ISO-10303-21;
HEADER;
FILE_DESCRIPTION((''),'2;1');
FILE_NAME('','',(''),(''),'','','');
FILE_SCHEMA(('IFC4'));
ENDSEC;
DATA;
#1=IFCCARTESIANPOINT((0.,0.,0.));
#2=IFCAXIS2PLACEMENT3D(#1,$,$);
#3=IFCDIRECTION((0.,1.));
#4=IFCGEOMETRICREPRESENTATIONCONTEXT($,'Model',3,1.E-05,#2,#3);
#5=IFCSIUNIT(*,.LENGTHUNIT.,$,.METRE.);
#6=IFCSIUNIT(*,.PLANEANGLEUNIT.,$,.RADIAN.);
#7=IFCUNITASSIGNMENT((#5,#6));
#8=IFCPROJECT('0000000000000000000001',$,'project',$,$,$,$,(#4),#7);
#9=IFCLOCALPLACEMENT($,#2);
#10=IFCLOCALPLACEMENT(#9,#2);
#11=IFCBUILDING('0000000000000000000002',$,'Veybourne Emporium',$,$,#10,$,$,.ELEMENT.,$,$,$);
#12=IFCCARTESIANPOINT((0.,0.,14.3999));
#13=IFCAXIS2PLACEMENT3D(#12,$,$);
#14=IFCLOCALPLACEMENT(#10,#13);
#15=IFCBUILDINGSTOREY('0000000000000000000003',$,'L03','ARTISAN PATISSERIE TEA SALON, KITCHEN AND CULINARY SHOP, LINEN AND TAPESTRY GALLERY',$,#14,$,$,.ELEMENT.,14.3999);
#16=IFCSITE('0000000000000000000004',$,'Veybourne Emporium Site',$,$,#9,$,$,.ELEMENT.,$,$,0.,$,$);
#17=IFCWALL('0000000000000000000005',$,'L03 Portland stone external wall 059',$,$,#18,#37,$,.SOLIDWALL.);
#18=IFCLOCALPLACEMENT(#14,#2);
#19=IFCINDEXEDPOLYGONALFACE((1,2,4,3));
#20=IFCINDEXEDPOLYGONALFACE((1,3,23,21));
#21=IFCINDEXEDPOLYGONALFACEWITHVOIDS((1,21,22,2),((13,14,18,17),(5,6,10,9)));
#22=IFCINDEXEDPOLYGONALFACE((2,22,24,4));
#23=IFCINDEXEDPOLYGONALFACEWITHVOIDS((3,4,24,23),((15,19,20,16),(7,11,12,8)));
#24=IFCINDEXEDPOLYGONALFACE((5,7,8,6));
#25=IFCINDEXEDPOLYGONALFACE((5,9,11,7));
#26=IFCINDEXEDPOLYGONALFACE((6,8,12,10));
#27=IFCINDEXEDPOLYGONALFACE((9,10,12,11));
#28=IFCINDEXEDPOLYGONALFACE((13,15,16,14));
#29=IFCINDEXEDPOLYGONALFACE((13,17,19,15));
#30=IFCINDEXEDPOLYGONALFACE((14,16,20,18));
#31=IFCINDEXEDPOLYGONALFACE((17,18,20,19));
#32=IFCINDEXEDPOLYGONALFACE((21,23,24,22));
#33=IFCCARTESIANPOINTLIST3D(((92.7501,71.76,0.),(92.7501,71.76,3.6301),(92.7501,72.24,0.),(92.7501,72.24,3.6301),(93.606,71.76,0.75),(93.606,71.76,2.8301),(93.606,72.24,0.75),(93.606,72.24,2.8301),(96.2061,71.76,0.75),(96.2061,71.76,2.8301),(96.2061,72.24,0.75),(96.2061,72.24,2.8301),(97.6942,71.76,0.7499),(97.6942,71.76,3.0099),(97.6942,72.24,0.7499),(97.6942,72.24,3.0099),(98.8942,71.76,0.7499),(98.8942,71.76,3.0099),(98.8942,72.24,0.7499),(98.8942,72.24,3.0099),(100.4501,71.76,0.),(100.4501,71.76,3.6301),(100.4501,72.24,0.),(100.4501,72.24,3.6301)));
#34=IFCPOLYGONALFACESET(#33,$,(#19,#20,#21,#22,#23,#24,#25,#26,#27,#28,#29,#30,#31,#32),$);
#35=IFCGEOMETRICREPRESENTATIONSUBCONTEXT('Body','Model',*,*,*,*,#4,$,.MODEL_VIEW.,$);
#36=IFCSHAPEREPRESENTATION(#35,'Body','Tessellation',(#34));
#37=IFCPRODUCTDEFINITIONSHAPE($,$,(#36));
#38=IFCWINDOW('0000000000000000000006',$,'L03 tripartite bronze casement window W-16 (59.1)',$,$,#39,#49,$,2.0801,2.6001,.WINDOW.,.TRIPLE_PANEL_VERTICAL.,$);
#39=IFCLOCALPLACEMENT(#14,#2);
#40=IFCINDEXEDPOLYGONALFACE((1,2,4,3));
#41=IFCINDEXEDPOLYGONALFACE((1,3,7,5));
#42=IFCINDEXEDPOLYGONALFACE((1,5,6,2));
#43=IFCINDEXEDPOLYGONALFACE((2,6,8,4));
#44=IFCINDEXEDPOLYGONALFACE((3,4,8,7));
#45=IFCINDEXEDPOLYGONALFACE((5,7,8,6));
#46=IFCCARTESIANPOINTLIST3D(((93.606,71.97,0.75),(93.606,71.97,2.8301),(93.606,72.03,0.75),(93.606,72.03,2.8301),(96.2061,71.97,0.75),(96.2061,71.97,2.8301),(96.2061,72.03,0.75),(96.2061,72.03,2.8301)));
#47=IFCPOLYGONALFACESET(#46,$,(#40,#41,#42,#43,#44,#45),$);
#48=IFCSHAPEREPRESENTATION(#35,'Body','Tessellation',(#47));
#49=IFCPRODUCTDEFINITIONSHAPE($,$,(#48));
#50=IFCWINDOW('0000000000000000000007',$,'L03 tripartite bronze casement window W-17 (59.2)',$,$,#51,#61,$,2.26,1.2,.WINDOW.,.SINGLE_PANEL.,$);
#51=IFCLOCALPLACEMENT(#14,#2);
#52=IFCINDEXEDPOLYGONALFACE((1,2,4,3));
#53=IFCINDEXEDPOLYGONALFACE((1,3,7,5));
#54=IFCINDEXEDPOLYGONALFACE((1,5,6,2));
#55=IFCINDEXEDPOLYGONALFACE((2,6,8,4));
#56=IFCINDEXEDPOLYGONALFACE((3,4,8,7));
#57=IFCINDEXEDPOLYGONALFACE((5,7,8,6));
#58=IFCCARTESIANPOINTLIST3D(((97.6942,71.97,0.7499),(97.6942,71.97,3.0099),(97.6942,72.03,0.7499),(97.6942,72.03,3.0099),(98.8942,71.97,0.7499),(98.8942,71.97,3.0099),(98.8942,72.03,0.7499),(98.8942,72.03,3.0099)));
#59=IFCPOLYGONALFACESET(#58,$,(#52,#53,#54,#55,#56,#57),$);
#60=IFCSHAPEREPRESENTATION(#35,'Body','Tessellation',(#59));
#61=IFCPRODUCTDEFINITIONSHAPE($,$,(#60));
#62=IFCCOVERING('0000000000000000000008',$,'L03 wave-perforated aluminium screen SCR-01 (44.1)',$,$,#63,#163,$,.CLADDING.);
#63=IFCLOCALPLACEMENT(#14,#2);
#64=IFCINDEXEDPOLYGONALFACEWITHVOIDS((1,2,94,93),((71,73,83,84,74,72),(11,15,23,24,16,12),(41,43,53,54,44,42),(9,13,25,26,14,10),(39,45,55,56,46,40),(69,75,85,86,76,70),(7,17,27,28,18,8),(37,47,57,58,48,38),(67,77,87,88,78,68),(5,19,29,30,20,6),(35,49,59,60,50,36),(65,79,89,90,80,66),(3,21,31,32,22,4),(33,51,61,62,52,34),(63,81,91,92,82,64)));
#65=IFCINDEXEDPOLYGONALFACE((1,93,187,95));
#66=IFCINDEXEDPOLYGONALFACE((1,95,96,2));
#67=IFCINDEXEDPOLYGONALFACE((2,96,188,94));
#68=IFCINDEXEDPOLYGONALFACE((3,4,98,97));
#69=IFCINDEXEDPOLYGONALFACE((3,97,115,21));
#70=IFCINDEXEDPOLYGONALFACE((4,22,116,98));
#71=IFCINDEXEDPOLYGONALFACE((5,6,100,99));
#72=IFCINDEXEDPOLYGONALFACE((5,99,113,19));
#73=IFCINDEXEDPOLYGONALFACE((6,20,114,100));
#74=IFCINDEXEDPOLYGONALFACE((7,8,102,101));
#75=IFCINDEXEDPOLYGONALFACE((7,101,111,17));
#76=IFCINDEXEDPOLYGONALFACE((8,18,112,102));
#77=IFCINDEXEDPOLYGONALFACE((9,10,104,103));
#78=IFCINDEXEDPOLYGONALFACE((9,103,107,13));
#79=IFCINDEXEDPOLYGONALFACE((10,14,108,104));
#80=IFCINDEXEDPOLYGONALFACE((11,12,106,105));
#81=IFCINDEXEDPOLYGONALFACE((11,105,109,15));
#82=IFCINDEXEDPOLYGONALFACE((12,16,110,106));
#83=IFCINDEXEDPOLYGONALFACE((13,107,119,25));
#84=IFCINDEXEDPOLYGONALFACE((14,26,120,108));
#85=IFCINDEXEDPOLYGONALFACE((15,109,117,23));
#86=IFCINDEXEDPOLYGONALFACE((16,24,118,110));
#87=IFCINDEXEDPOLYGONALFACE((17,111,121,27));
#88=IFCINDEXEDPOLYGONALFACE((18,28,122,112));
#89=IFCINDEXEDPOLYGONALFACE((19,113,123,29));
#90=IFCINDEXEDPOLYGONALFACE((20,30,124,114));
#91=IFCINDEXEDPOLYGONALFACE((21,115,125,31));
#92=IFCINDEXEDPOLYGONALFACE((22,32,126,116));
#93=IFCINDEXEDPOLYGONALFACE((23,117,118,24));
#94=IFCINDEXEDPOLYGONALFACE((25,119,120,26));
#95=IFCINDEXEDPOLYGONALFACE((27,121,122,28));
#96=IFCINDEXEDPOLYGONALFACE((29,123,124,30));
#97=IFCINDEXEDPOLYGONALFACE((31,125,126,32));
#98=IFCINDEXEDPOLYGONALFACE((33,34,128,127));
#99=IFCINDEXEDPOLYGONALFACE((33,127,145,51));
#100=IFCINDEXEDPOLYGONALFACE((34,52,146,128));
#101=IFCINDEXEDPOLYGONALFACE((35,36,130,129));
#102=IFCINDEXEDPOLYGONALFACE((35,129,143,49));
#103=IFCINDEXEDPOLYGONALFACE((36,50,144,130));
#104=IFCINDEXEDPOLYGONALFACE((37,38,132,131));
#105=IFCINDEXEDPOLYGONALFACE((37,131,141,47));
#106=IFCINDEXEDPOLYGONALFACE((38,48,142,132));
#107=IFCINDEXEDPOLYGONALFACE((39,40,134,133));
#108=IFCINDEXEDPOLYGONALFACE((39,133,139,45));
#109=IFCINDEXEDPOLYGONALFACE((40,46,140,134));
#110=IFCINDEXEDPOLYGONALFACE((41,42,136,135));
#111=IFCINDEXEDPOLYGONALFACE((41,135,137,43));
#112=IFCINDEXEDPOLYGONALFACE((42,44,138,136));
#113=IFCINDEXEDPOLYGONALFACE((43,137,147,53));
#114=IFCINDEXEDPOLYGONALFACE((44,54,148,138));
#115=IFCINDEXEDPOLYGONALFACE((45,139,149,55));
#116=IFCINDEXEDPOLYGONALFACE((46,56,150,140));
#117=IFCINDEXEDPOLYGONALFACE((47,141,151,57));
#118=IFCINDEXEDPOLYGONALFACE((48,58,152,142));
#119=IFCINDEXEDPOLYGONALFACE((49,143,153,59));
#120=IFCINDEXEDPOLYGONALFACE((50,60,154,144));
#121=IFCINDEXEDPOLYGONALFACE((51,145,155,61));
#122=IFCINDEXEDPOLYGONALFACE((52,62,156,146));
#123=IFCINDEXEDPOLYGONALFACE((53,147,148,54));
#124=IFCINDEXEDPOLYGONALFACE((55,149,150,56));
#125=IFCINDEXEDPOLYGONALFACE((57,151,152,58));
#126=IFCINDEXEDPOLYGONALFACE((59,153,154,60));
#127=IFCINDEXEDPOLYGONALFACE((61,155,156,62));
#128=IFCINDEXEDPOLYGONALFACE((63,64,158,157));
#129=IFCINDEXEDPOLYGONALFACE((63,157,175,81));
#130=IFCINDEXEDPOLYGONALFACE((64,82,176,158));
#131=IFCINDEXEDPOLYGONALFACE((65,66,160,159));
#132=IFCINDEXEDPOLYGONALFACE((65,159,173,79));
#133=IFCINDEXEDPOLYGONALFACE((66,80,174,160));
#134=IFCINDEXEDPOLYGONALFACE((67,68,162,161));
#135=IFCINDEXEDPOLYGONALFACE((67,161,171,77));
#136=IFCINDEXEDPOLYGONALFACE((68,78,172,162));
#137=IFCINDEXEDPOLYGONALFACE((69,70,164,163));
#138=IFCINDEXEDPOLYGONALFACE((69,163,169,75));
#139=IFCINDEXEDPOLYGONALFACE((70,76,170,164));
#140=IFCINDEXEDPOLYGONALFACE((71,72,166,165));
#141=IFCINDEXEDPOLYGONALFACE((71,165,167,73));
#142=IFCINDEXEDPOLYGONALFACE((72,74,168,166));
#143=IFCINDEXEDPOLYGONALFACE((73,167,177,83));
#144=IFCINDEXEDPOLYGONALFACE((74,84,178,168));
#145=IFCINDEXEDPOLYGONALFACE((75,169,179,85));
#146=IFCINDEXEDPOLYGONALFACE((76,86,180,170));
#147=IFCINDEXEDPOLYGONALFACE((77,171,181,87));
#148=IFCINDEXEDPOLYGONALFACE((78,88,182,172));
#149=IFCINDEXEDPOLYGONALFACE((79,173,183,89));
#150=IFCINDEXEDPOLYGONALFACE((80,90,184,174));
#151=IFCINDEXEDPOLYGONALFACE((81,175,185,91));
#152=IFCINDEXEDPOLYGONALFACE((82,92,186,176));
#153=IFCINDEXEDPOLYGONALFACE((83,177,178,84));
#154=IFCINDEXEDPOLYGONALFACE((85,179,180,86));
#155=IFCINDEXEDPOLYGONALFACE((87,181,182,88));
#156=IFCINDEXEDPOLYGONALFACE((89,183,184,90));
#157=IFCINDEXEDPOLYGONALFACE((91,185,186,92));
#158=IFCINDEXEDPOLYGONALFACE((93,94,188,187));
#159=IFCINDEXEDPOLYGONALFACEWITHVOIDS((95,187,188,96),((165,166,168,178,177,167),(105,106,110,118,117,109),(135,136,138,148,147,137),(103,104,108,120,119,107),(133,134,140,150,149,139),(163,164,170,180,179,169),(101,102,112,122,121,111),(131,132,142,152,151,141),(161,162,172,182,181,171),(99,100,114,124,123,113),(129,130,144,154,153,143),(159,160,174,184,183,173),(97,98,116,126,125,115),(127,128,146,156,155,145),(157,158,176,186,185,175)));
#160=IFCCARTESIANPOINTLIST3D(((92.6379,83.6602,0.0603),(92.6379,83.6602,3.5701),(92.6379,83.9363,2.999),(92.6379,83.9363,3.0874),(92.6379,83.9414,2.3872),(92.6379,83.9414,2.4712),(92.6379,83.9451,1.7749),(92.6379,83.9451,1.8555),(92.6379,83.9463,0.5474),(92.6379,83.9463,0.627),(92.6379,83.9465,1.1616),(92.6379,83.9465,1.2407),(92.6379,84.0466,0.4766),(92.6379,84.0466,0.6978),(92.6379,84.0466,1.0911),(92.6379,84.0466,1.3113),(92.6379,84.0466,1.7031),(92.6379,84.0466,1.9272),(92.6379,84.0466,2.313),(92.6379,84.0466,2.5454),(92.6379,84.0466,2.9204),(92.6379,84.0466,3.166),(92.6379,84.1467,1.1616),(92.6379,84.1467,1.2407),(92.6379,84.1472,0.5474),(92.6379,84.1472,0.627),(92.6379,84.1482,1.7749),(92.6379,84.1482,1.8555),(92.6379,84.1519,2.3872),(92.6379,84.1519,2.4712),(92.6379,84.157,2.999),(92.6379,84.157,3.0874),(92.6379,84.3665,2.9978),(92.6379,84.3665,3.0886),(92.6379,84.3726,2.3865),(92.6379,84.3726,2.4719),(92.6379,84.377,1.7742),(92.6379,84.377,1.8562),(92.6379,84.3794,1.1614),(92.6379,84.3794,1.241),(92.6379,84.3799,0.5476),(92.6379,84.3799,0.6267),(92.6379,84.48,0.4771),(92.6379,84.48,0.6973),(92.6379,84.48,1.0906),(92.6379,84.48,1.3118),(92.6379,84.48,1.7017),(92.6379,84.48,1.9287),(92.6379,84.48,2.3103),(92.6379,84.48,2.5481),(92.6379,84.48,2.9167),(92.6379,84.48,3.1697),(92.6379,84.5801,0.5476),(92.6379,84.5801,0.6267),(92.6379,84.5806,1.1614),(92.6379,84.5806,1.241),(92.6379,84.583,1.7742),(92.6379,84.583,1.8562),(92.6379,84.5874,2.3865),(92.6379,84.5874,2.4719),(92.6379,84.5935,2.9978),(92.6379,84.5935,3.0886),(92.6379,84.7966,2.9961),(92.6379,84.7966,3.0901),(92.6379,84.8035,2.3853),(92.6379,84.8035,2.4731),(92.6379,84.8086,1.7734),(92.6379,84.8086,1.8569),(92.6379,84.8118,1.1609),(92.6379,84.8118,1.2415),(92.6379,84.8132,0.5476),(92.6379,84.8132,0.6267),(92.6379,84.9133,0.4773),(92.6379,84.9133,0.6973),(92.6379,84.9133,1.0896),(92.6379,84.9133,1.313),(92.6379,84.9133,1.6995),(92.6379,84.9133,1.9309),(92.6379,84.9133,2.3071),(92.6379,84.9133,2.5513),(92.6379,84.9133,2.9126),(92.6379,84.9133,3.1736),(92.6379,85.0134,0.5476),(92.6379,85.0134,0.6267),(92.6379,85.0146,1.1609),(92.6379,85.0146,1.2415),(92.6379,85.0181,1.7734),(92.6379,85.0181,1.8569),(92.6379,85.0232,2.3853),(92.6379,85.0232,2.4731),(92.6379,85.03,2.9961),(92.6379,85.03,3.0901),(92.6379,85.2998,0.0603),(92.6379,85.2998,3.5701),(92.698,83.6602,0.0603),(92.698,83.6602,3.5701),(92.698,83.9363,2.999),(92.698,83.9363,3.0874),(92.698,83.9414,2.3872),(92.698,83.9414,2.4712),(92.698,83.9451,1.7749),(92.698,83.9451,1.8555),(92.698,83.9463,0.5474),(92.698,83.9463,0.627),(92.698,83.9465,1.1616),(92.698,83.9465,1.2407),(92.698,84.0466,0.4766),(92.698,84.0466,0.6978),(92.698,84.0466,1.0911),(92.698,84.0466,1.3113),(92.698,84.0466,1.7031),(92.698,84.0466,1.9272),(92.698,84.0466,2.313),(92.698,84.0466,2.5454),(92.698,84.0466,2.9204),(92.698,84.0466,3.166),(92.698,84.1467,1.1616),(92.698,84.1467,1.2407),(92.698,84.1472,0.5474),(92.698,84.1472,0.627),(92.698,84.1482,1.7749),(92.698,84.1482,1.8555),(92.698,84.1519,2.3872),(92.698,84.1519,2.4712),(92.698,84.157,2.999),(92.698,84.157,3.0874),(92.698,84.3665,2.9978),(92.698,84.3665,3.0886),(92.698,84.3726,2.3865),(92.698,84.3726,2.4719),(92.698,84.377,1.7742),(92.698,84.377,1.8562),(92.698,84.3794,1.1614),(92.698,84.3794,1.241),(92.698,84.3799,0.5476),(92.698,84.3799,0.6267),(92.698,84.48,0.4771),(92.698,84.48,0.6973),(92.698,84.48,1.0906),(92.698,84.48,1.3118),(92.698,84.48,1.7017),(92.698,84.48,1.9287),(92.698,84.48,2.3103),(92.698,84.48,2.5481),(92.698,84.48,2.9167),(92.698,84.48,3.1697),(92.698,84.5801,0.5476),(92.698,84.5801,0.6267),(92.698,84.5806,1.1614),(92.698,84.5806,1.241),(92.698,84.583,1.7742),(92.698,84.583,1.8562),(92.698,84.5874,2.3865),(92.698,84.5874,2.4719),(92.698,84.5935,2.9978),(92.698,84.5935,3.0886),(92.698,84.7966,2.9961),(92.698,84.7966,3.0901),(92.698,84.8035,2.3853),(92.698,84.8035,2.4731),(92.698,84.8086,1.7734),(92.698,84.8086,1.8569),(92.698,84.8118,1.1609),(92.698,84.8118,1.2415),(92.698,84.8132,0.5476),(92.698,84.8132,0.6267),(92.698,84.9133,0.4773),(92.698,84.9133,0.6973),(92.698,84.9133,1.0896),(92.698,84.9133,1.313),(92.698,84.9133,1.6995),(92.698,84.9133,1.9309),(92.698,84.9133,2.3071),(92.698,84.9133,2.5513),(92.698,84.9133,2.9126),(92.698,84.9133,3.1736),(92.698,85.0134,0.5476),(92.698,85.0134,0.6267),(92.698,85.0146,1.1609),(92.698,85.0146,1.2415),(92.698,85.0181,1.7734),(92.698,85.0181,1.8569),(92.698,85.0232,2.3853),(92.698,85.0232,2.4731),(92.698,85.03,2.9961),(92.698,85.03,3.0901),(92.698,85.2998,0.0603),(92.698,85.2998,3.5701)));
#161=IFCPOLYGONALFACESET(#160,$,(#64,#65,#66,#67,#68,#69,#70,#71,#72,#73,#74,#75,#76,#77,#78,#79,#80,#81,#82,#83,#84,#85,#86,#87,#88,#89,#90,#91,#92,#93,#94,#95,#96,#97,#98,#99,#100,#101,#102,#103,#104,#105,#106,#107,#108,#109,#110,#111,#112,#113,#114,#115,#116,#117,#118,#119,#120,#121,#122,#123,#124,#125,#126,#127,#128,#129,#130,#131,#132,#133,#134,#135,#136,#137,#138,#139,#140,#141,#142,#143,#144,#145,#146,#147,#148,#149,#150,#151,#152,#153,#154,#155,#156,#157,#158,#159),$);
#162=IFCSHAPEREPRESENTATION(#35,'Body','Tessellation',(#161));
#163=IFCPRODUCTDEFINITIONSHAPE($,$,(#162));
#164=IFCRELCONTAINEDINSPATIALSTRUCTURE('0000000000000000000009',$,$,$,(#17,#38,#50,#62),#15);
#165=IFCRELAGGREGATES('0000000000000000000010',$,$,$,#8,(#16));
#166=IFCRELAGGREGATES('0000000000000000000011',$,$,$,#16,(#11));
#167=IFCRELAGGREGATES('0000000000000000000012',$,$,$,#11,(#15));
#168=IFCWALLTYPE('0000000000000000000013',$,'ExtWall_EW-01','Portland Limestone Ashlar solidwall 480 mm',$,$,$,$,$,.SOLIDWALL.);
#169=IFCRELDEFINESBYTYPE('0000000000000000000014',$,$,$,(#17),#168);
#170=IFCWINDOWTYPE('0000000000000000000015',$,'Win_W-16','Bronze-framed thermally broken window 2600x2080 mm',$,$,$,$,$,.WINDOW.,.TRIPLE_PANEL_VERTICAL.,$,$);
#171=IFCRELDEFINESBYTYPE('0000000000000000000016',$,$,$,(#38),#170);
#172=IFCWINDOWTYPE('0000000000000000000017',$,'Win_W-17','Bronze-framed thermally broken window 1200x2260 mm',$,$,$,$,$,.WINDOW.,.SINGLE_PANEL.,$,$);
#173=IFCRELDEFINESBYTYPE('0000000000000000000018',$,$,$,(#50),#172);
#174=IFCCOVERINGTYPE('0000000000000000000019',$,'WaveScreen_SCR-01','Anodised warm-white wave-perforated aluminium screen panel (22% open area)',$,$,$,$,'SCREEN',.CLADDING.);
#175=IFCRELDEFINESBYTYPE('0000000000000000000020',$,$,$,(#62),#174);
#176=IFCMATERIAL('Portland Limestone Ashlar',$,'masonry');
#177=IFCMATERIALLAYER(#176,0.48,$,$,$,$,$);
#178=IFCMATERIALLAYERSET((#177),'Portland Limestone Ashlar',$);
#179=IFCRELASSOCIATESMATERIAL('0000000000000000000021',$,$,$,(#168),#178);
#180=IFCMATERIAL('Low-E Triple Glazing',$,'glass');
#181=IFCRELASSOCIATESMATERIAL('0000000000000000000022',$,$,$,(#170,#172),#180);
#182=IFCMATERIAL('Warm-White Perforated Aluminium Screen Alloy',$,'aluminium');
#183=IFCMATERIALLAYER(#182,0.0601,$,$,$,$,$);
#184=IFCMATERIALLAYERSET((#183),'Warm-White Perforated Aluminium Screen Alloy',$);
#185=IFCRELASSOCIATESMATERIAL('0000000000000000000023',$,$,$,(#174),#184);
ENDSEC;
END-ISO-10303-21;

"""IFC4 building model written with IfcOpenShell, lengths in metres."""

from ifc_helpers import new_model, si_unit, direction, frame, frame_2d, origin, place, context, subcontext, project, spatial, polyline, rectangle, outline, extrude, material, layer, layer_set, type_object, element, fill, save


model = new_model("IFC4")

# Units and contexts
model_context = context("Model", 3, precision=1e-05, world=origin(), true_north=direction((0.0, 1.0)))
body_context = subcontext(model_context, "Body", "Model", "MODEL_VIEW")
ifc_project = project(units=[si_unit("LENGTHUNIT", "METRE"), si_unit("PLANEANGLEUNIT", "RADIAN")], contexts=[model_context])

# Site, building, storey
site_placement = place(None, origin())
site = spatial("IfcSite", under=ifc_project, at=site_placement, Name="Veybourne Emporium Site", CompositionType="ELEMENT", RefElevation=0.0)
building_placement = place(site_placement, origin())
building = spatial("IfcBuilding", under=site, at=building_placement, Name="Veybourne Emporium", CompositionType="ELEMENT")
storey_placement = place(building_placement, frame((0.0, 0.0, 14.3999)))
storey = spatial("IfcBuildingStorey", under=building, at=storey_placement, Name="L03", Description="ARTISAN PATISSERIE TEA SALON, KITCHEN AND CULINARY SHOP, LINEN AND TAPESTRY GALLERY", CompositionType="ELEMENT", Elevation=14.3999)

# Wall, openings, windows
ifc_material_1 = material(Name="Portland Limestone Ashlar", Category="masonry")
ifc_layer_1 = layer(ifc_material_1, 0.48)
ifc_layer_set_1 = layer_set([ifc_layer_1], Name="Portland Limestone Ashlar")
wall_type = type_object("IfcWallType", Name="ExtWall_EW-01", Description="Portland Limestone Ashlar solidwall 480 mm", PredefinedType="SOLIDWALL", material=ifc_layer_set_1)
ifc_material_2 = material(Name="Low-E Triple Glazing", Category="glass")
wall_1_placement = place(storey_placement, frame((92.75, 72.0, 0.0), z_axis=(0.0, 0.0, 1.0), x_axis=(1.0, 0.0, 0.0)))
wall_1 = element("IfcWall", 1, at=wall_1_placement, inside=storey, type_object=wall_type, Name="L03 Portland stone external wall 059", PredefinedType="SOLIDWALL", context=body_context, shape_type="SweptSolid", body=[
    extrude(rectangle(XDim=7.7, YDim=0.48, at=frame_2d((3.8501, 0.0))), origin(), (0.0, 0.0, 1.0), 3.6301),
])
opening_1_placement = place(wall_1_placement, frame((0.856, 0.0, 0.75)))
opening_1 = element("IfcOpeningElement", 2, at=opening_1_placement, cuts=wall_1, PredefinedType="OPENING", context=body_context, shape_type="SweptSolid", body=[
    extrude(rectangle(XDim=2.6001, YDim=2.0801, at=frame_2d((1.3, 1.04))), frame((0.0, 0.26, 0.0), z_axis=(0.0, -1.0, 0.0), x_axis=(1.0, 0.0, 0.0)), (0.0, 0.0, 1.0), 0.52),
])
opening_2_placement = place(wall_1_placement, frame((4.9441, 0.0, 0.75)))
opening_2 = element("IfcOpeningElement", 3, at=opening_2_placement, cuts=wall_1, PredefinedType="OPENING", context=body_context, shape_type="SweptSolid", body=[
    extrude(rectangle(XDim=1.2, YDim=2.26, at=frame_2d((0.6001, 1.1299))), frame((0.0, 0.26, 0.0), z_axis=(0.0, -1.0, 0.0), x_axis=(1.0, 0.0, 0.0)), (0.0, 0.0, 1.0), 0.52),
])
window_type_1 = type_object("IfcWindowType", Name="Win_W-16", Description="Bronze-framed thermally broken window 2600x2080 mm", PartitioningType="TRIPLE_PANEL_VERTICAL", PredefinedType="WINDOW", material=ifc_material_2)
window_1_placement = place(opening_1_placement, origin())
window_1 = element("IfcWindow", 4, at=window_1_placement, inside=storey, type_object=window_type_1, Name="L03 tripartite bronze casement window W-16 (59.1)", OverallHeight=2.0801, OverallWidth=2.6001, PartitioningType="TRIPLE_PANEL_VERTICAL", PredefinedType="WINDOW", context=body_context, shape_type="SweptSolid", body=[
    extrude(rectangle(XDim=2.6001, YDim=2.0801, at=frame_2d((1.3, 1.04))), frame((0.0, 0.03, 0.0), z_axis=(0.0, -1.0, 0.0), x_axis=(1.0, 0.0, 0.0)), (0.0, 0.0, 1.0), 0.0601),
])
fill(opening_1, window_1)
window_type_2 = type_object("IfcWindowType", Name="Win_W-17", Description="Bronze-framed thermally broken window 1200x2260 mm", PartitioningType="SINGLE_PANEL", PredefinedType="WINDOW", material=ifc_material_2)
window_2_placement = place(opening_2_placement, origin())
window_2 = element("IfcWindow", 5, at=window_2_placement, inside=storey, type_object=window_type_2, Name="L03 tripartite bronze casement window W-17 (59.2)", OverallHeight=2.26, OverallWidth=1.2, PartitioningType="SINGLE_PANEL", PredefinedType="WINDOW", context=body_context, shape_type="SweptSolid", body=[
    extrude(rectangle(XDim=1.2, YDim=2.26, at=frame_2d((0.6001, 1.1299))), frame((0.0, 0.03, 0.0), z_axis=(0.0, -1.0, 0.0), x_axis=(1.0, 0.0, 0.0)), (0.0, 0.0, 1.0), 0.0601),
])
fill(opening_2, window_2)

# Covering
ifc_material_3 = material(Name="Warm-White Perforated Aluminium Screen Alloy", Category="aluminium")
ifc_layer_2 = layer(ifc_material_3, 0.0601)
ifc_layer_set_2 = layer_set([ifc_layer_2], Name="Warm-White Perforated Aluminium Screen Alloy")
covering_type_1 = type_object("IfcCoveringType", Name="WaveScreen_SCR-01", Description="Anodised warm-white wave-perforated aluminium screen panel (22% open area)", ElementType="SCREEN", PredefinedType="CLADDING", material=ifc_layer_set_2)
covering_1_placement = place(storey_placement, frame((92.698, 84.48, 1.8152), z_axis=(-1.0, 0.0, 0.0), x_axis=(0.0, -1.0, 0.0)))
element("IfcCovering", 6, at=covering_1_placement, inside=storey, type_object=covering_type_1, Name="L03 wave-perforated aluminium screen SCR-01 (44.1)", PredefinedType="CLADDING", context=body_context, shape_type="SweptSolid", body=[
    extrude(outline(polyline([(-0.8198, -1.7549), (0.8198, -1.7549), (0.8198, 1.7549), (-0.8198, 1.7549), (-0.8198, -1.7549)]), holes=[polyline([(-0.4333, -1.1179), (-0.3333, -1.1885), (-0.3333, -1.2676), (-0.4333, -1.3379), (-0.5334, -1.2676), (-0.5334, -1.1885), (-0.4333, -1.1179)]), polyline([(-0.4333, -0.5022), (-0.3318, -0.5737), (-0.3318, -0.6543), (-0.4333, -0.7256), (-0.5347, -0.6543), (-0.5347, -0.5737), (-0.4333, -0.5022)]), polyline([(-0.4333, 0.1157), (-0.3286, 0.0417), (-0.3286, -0.0417), (-0.4333, -0.1157), (-0.5381, -0.0417), (-0.5381, 0.0417), (-0.4333, 0.1157)]), polyline([(-0.4333, 0.7361), (-0.3235, 0.658), (-0.3235, 0.5701), (-0.4333, 0.4919), (-0.5432, 0.5701), (-0.5432, 0.658), (-0.4333, 0.7361)]), polyline([(-0.4333, 1.3584), (-0.3167, 1.2749), (-0.3167, 1.1809), (-0.4333, 1.0974), (-0.55, 1.1809), (-0.55, 1.2749), (-0.4333, 1.3584)]), polyline([(0.0, -1.1179), (0.1001, -1.1885), (0.1001, -1.2676), (0.0, -1.3381), (-0.1001, -1.2676), (-0.1001, -1.1885), (0.0, -1.1179)]), polyline([(0.0, -0.5034), (0.1006, -0.5742), (0.1006, -0.6538), (0.0, -0.7246), (-0.1006, -0.6538), (-0.1006, -0.5742), (0.0, -0.5034)]), polyline([(0.0, 0.1135), (0.103, 0.041), (0.103, -0.041), (0.0, -0.1135), (-0.103, -0.041), (-0.103, 0.041), (0.0, 0.1135)]), polyline([(0.0, 0.7329), (0.1074, 0.6567), (0.1074, 0.5713), (0.0, 0.4951), (-0.1074, 0.5713), (-0.1074, 0.6567), (0.0, 0.7329)]), polyline([(0.0, 1.3545), (0.1135, 1.2734), (0.1135, 1.1826), (0.0, 1.1016), (-0.1135, 1.1826), (-0.1135, 1.2734), (0.0, 1.3545)]), polyline([(0.4333, -1.1174), (0.5337, -1.1882), (0.5337, -1.2678), (0.4333, -1.3386), (0.3328, -1.2678), (0.3328, -1.1882), (0.4333, -1.1174)]), polyline([(0.4333, -0.5039), (0.5334, -0.5745), (0.5334, -0.6536), (0.4333, -0.7241), (0.3333, -0.6536), (0.3333, -0.5745), (0.4333, -0.5039)]), polyline([(0.4333, 0.1121), (0.5349, 0.0403), (0.5349, -0.0403), (0.4333, -0.1121), (0.3318, -0.0403), (0.3318, 0.0403), (0.4333, 0.1121)]), polyline([(0.4333, 0.7302), (0.5386, 0.656), (0.5386, 0.572), (0.4333, 0.4978), (0.3281, 0.572), (0.3281, 0.656), (0.4333, 0.7302)]), polyline([(0.4333, 1.3508), (0.5437, 1.2722), (0.5437, 1.1838), (0.4333, 1.1052), (0.323, 1.1838), (0.323, 1.2722), (0.4333, 1.3508)])]), origin(), (0.0, 0.0, 1.0), 0.0601),
])

save(model, "model.ifc")
